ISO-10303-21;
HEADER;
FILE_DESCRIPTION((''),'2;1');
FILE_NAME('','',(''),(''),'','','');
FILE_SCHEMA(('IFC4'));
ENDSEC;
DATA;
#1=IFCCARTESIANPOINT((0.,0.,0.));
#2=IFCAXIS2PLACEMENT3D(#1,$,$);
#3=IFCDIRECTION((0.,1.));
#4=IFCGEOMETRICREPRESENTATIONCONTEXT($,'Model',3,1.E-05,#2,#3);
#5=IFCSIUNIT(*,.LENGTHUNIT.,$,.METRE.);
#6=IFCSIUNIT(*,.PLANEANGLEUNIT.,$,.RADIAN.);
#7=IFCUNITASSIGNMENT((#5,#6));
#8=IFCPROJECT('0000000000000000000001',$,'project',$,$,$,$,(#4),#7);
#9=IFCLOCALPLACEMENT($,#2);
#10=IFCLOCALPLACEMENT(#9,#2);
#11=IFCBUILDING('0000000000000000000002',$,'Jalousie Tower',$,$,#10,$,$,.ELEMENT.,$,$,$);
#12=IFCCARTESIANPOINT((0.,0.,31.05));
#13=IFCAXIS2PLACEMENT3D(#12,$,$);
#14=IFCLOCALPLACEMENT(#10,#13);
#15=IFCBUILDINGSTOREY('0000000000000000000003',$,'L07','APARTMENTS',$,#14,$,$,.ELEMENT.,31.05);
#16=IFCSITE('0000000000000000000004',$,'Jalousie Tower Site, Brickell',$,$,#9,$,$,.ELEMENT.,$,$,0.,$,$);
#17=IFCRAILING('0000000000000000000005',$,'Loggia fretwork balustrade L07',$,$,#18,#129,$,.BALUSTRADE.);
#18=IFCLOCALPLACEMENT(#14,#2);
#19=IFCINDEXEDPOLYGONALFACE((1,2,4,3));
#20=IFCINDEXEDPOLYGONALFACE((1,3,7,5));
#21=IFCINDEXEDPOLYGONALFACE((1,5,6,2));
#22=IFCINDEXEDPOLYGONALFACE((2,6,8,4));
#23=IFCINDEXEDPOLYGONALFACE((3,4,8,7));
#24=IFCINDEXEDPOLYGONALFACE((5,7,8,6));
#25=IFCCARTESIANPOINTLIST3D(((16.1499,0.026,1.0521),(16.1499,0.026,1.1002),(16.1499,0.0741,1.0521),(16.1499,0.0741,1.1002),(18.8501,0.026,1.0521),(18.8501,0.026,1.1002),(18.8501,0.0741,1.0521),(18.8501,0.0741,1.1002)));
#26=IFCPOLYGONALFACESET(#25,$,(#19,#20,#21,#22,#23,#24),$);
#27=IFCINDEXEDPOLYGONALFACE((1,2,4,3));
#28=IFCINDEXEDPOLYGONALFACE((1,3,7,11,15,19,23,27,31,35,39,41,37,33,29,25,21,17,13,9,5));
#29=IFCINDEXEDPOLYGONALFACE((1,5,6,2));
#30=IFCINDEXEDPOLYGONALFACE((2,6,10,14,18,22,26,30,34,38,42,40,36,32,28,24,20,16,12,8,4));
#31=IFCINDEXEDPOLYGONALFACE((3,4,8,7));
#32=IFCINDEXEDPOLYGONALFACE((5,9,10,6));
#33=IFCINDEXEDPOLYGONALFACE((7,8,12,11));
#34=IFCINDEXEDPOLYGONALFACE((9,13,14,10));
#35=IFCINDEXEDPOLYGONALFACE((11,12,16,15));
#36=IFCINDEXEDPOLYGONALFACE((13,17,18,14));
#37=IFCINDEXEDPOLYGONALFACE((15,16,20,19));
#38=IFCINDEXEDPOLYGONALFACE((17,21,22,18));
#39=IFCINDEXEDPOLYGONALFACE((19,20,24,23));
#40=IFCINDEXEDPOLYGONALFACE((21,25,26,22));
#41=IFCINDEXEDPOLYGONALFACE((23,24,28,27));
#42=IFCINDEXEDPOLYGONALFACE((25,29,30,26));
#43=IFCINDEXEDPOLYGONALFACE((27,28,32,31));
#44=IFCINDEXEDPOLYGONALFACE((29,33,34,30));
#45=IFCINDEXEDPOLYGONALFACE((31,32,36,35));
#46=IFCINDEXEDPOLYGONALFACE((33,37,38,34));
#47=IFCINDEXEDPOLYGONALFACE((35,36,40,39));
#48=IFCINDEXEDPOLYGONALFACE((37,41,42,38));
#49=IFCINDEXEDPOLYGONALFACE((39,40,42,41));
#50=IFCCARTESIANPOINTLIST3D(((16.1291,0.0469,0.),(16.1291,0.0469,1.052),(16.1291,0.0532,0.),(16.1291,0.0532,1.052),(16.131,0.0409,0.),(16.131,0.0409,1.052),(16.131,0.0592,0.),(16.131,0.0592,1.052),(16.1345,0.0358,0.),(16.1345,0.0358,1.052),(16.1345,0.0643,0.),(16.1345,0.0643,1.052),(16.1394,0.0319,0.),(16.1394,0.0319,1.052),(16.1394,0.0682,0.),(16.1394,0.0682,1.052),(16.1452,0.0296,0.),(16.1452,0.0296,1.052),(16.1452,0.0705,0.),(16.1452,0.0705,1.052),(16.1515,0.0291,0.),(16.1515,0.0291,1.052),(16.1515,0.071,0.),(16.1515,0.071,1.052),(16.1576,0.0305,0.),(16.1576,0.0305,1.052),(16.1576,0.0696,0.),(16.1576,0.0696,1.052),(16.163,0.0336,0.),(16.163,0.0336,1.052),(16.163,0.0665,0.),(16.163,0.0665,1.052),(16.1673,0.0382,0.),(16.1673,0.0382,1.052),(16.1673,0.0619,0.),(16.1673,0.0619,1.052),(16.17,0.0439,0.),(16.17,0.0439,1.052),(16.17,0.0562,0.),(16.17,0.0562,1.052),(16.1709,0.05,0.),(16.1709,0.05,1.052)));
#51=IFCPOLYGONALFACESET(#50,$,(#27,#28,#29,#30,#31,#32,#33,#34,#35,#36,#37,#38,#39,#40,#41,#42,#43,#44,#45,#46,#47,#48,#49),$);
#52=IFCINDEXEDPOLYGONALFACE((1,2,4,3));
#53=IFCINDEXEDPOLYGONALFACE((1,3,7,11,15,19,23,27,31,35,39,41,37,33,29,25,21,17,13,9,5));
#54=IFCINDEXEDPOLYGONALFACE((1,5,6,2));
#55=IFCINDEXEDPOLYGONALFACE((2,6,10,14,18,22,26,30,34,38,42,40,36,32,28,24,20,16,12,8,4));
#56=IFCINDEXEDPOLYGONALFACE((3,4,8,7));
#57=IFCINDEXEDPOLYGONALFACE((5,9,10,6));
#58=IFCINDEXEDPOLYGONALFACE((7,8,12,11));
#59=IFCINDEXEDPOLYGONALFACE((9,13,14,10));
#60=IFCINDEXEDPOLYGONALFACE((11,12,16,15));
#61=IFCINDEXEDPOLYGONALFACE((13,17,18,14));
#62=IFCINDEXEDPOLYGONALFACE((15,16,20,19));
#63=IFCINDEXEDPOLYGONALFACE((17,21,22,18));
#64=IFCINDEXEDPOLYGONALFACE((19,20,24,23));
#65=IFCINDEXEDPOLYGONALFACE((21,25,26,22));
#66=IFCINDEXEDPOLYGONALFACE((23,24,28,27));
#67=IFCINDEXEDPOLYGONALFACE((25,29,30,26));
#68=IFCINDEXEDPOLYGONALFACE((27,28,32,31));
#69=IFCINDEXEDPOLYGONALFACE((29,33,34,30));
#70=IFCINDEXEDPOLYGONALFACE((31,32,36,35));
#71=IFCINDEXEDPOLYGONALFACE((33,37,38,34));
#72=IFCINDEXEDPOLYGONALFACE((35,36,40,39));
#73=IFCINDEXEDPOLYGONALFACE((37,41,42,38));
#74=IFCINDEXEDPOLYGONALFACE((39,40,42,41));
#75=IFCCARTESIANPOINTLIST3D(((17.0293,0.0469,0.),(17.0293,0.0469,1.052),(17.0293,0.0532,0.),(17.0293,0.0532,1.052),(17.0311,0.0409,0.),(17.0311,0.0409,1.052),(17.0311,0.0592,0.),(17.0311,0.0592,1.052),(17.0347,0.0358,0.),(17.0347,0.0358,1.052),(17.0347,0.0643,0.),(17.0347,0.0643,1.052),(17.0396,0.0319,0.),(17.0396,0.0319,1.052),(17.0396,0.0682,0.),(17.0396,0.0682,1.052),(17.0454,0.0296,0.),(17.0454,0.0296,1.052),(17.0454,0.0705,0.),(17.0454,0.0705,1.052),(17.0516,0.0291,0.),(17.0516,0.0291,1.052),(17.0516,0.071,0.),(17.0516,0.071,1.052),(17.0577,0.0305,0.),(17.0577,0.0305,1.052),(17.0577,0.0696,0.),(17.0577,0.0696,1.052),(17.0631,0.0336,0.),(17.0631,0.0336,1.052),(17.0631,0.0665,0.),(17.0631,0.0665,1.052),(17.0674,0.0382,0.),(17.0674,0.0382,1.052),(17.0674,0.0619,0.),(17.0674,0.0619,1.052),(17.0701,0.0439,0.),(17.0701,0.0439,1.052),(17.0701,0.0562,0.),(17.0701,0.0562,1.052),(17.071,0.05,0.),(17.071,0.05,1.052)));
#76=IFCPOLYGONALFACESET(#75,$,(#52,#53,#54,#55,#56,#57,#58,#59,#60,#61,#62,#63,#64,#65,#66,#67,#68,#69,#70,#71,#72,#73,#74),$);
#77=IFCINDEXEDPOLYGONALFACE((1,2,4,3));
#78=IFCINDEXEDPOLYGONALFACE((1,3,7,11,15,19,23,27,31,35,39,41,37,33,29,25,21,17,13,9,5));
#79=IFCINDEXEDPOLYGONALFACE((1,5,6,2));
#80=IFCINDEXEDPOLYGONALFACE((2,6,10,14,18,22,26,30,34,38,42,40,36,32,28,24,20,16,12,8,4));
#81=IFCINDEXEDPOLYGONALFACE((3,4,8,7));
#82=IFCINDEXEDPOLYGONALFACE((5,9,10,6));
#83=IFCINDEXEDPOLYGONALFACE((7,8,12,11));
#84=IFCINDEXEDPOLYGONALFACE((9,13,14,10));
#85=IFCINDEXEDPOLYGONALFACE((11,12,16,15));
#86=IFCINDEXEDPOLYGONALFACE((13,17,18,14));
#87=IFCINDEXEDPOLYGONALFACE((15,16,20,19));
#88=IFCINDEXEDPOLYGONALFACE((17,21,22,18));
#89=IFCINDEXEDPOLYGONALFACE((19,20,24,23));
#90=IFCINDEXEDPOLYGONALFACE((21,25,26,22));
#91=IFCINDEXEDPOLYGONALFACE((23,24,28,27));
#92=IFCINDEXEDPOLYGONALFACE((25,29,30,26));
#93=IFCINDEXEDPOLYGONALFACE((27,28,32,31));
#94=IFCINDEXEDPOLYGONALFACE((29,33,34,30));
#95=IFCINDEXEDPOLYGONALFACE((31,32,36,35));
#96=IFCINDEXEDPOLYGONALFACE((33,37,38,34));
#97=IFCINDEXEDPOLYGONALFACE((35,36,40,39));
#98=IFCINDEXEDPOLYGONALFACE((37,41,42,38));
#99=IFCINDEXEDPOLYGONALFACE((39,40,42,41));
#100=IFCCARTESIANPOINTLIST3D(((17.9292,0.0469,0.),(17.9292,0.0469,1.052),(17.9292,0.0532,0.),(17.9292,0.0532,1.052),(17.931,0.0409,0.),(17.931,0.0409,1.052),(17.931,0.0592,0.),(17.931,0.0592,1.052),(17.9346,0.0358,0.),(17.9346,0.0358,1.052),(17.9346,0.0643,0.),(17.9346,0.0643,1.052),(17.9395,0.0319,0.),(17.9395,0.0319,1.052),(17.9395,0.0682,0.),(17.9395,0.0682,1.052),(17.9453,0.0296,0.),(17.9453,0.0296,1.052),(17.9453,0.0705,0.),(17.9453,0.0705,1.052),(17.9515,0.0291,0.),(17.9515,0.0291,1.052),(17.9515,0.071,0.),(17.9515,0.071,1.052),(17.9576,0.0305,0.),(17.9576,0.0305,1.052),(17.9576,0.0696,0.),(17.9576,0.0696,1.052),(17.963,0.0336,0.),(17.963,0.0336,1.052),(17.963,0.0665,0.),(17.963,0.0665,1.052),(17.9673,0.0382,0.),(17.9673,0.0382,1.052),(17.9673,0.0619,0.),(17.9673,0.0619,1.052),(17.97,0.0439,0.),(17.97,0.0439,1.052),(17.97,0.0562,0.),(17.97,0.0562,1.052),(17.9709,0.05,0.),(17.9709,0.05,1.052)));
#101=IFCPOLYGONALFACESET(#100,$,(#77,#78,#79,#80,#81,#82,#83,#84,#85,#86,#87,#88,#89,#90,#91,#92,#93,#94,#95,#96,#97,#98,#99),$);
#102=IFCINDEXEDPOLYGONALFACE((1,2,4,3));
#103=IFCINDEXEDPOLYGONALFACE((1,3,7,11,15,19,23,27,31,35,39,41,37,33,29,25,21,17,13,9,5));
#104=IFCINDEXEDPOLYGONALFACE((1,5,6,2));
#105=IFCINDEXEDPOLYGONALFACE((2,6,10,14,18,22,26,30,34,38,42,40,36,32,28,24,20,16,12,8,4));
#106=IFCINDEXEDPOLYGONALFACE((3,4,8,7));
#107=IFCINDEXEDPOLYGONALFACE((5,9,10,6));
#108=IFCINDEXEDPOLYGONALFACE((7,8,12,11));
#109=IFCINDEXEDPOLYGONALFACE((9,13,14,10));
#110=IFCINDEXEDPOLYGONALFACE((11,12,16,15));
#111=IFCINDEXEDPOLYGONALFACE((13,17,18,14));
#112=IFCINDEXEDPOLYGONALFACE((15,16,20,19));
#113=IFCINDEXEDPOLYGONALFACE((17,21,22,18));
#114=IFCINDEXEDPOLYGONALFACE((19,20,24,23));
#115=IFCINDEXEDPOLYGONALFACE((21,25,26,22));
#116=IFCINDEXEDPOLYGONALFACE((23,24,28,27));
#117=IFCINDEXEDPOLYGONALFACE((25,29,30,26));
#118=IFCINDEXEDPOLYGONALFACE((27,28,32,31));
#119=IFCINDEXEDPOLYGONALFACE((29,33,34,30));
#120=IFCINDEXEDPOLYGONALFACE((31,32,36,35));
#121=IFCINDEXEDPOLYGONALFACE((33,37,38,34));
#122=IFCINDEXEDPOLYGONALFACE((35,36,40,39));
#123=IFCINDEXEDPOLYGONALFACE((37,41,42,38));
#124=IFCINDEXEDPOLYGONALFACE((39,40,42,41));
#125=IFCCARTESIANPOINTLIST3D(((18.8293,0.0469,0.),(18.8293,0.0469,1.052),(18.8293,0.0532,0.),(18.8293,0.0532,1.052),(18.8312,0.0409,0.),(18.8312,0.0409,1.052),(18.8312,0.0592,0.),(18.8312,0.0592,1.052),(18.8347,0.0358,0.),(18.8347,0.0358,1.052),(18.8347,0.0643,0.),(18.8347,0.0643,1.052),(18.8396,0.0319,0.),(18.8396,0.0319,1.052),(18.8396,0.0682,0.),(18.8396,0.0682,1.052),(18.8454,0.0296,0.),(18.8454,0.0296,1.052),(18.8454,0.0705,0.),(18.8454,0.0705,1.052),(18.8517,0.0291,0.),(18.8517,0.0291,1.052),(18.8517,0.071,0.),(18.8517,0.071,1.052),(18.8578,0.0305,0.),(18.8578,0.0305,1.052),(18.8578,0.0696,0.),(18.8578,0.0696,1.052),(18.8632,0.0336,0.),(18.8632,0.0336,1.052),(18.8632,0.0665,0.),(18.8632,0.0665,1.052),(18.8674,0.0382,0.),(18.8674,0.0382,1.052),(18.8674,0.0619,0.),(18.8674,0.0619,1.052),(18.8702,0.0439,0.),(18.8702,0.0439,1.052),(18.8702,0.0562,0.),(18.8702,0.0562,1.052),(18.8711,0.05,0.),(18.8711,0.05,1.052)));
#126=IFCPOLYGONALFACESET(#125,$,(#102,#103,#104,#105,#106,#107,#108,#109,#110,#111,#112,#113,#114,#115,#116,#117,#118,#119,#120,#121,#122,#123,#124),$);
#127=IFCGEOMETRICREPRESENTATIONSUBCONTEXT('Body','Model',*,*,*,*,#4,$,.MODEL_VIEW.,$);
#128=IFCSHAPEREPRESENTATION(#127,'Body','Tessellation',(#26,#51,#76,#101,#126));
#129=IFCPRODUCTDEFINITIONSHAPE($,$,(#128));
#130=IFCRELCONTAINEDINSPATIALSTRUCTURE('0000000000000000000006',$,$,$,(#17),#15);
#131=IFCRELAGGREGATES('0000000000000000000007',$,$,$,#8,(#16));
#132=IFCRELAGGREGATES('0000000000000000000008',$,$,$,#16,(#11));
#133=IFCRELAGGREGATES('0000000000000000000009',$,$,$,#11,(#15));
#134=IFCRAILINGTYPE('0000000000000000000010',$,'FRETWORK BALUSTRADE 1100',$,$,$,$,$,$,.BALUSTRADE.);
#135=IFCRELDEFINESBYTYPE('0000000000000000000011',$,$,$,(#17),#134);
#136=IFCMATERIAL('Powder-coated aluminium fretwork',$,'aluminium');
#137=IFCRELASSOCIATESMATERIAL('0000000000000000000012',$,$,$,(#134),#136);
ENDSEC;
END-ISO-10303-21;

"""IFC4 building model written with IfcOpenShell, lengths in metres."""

from ifc_helpers import new_model, si_unit, direction, frame, origin, origin_2d, place, context, subcontext, project, spatial, rectangle, circle, extrude, material, type_object, element, save


model = new_model("IFC4")

# Units and contexts
model_context = context("Model", 3, precision=1e-05, world=origin(), true_north=direction((0.0, 1.0)))
body_context = subcontext(model_context, "Body", "Model", "MODEL_VIEW")
ifc_project = project(units=[si_unit("LENGTHUNIT", "METRE"), si_unit("PLANEANGLEUNIT", "RADIAN")], contexts=[model_context])

# Site, building, storey
site_placement = place(None, origin())
site = spatial("IfcSite", under=ifc_project, at=site_placement, Name="Jalousie Tower Site, Brickell", CompositionType="ELEMENT", RefElevation=0.0)
building_placement = place(site_placement, origin())
building = spatial("IfcBuilding", under=site, at=building_placement, Name="Jalousie Tower", CompositionType="ELEMENT")
storey_placement = place(building_placement, frame((0.0, 0.0, 31.05)))
storey = spatial("IfcBuildingStorey", under=building, at=storey_placement, Name="L07", Description="APARTMENTS", CompositionType="ELEMENT", Elevation=31.05)

# Railing
ifc_material_1 = material(Name="Powder-coated aluminium fretwork", Category="aluminium")
railing_type = type_object("IfcRailingType", Name="FRETWORK BALUSTRADE 1100", PredefinedType="BALUSTRADE", material=ifc_material_1)
railing_placement = place(storey_placement, frame((16.1499, 0.05, 0.0)))
element("IfcRailing", 1, at=railing_placement, inside=storey, type_object=railing_type, Name="Loggia fretwork balustrade L07", PredefinedType="BALUSTRADE", context=body_context, shape_type="SweptSolid", body=[
    extrude(rectangle(XDim=0.0481, YDim=0.0481, at=origin_2d()), frame((0.0, 0.0, 1.0762), z_axis=(1.0, 0.0, 0.0), x_axis=(0.0, 1.0, 0.0)), (0.0, 0.0, 1.0), 2.7002),
    extrude(circle(Radius=0.021, at=origin_2d()), origin(), (0.0, 0.0, 1.0), 1.052),
    extrude(circle(Radius=0.021, at=origin_2d()), frame((0.9001, 0.0, 0.0)), (0.0, 0.0, 1.0), 1.052),
    extrude(circle(Radius=0.021, at=origin_2d()), frame((1.8, 0.0, 0.0)), (0.0, 0.0, 1.0), 1.052),
    extrude(circle(Radius=0.021, at=origin_2d()), frame((2.7002, 0.0, 0.0)), (0.0, 0.0, 1.0), 1.052),
])

save(model, "model.ifc")
